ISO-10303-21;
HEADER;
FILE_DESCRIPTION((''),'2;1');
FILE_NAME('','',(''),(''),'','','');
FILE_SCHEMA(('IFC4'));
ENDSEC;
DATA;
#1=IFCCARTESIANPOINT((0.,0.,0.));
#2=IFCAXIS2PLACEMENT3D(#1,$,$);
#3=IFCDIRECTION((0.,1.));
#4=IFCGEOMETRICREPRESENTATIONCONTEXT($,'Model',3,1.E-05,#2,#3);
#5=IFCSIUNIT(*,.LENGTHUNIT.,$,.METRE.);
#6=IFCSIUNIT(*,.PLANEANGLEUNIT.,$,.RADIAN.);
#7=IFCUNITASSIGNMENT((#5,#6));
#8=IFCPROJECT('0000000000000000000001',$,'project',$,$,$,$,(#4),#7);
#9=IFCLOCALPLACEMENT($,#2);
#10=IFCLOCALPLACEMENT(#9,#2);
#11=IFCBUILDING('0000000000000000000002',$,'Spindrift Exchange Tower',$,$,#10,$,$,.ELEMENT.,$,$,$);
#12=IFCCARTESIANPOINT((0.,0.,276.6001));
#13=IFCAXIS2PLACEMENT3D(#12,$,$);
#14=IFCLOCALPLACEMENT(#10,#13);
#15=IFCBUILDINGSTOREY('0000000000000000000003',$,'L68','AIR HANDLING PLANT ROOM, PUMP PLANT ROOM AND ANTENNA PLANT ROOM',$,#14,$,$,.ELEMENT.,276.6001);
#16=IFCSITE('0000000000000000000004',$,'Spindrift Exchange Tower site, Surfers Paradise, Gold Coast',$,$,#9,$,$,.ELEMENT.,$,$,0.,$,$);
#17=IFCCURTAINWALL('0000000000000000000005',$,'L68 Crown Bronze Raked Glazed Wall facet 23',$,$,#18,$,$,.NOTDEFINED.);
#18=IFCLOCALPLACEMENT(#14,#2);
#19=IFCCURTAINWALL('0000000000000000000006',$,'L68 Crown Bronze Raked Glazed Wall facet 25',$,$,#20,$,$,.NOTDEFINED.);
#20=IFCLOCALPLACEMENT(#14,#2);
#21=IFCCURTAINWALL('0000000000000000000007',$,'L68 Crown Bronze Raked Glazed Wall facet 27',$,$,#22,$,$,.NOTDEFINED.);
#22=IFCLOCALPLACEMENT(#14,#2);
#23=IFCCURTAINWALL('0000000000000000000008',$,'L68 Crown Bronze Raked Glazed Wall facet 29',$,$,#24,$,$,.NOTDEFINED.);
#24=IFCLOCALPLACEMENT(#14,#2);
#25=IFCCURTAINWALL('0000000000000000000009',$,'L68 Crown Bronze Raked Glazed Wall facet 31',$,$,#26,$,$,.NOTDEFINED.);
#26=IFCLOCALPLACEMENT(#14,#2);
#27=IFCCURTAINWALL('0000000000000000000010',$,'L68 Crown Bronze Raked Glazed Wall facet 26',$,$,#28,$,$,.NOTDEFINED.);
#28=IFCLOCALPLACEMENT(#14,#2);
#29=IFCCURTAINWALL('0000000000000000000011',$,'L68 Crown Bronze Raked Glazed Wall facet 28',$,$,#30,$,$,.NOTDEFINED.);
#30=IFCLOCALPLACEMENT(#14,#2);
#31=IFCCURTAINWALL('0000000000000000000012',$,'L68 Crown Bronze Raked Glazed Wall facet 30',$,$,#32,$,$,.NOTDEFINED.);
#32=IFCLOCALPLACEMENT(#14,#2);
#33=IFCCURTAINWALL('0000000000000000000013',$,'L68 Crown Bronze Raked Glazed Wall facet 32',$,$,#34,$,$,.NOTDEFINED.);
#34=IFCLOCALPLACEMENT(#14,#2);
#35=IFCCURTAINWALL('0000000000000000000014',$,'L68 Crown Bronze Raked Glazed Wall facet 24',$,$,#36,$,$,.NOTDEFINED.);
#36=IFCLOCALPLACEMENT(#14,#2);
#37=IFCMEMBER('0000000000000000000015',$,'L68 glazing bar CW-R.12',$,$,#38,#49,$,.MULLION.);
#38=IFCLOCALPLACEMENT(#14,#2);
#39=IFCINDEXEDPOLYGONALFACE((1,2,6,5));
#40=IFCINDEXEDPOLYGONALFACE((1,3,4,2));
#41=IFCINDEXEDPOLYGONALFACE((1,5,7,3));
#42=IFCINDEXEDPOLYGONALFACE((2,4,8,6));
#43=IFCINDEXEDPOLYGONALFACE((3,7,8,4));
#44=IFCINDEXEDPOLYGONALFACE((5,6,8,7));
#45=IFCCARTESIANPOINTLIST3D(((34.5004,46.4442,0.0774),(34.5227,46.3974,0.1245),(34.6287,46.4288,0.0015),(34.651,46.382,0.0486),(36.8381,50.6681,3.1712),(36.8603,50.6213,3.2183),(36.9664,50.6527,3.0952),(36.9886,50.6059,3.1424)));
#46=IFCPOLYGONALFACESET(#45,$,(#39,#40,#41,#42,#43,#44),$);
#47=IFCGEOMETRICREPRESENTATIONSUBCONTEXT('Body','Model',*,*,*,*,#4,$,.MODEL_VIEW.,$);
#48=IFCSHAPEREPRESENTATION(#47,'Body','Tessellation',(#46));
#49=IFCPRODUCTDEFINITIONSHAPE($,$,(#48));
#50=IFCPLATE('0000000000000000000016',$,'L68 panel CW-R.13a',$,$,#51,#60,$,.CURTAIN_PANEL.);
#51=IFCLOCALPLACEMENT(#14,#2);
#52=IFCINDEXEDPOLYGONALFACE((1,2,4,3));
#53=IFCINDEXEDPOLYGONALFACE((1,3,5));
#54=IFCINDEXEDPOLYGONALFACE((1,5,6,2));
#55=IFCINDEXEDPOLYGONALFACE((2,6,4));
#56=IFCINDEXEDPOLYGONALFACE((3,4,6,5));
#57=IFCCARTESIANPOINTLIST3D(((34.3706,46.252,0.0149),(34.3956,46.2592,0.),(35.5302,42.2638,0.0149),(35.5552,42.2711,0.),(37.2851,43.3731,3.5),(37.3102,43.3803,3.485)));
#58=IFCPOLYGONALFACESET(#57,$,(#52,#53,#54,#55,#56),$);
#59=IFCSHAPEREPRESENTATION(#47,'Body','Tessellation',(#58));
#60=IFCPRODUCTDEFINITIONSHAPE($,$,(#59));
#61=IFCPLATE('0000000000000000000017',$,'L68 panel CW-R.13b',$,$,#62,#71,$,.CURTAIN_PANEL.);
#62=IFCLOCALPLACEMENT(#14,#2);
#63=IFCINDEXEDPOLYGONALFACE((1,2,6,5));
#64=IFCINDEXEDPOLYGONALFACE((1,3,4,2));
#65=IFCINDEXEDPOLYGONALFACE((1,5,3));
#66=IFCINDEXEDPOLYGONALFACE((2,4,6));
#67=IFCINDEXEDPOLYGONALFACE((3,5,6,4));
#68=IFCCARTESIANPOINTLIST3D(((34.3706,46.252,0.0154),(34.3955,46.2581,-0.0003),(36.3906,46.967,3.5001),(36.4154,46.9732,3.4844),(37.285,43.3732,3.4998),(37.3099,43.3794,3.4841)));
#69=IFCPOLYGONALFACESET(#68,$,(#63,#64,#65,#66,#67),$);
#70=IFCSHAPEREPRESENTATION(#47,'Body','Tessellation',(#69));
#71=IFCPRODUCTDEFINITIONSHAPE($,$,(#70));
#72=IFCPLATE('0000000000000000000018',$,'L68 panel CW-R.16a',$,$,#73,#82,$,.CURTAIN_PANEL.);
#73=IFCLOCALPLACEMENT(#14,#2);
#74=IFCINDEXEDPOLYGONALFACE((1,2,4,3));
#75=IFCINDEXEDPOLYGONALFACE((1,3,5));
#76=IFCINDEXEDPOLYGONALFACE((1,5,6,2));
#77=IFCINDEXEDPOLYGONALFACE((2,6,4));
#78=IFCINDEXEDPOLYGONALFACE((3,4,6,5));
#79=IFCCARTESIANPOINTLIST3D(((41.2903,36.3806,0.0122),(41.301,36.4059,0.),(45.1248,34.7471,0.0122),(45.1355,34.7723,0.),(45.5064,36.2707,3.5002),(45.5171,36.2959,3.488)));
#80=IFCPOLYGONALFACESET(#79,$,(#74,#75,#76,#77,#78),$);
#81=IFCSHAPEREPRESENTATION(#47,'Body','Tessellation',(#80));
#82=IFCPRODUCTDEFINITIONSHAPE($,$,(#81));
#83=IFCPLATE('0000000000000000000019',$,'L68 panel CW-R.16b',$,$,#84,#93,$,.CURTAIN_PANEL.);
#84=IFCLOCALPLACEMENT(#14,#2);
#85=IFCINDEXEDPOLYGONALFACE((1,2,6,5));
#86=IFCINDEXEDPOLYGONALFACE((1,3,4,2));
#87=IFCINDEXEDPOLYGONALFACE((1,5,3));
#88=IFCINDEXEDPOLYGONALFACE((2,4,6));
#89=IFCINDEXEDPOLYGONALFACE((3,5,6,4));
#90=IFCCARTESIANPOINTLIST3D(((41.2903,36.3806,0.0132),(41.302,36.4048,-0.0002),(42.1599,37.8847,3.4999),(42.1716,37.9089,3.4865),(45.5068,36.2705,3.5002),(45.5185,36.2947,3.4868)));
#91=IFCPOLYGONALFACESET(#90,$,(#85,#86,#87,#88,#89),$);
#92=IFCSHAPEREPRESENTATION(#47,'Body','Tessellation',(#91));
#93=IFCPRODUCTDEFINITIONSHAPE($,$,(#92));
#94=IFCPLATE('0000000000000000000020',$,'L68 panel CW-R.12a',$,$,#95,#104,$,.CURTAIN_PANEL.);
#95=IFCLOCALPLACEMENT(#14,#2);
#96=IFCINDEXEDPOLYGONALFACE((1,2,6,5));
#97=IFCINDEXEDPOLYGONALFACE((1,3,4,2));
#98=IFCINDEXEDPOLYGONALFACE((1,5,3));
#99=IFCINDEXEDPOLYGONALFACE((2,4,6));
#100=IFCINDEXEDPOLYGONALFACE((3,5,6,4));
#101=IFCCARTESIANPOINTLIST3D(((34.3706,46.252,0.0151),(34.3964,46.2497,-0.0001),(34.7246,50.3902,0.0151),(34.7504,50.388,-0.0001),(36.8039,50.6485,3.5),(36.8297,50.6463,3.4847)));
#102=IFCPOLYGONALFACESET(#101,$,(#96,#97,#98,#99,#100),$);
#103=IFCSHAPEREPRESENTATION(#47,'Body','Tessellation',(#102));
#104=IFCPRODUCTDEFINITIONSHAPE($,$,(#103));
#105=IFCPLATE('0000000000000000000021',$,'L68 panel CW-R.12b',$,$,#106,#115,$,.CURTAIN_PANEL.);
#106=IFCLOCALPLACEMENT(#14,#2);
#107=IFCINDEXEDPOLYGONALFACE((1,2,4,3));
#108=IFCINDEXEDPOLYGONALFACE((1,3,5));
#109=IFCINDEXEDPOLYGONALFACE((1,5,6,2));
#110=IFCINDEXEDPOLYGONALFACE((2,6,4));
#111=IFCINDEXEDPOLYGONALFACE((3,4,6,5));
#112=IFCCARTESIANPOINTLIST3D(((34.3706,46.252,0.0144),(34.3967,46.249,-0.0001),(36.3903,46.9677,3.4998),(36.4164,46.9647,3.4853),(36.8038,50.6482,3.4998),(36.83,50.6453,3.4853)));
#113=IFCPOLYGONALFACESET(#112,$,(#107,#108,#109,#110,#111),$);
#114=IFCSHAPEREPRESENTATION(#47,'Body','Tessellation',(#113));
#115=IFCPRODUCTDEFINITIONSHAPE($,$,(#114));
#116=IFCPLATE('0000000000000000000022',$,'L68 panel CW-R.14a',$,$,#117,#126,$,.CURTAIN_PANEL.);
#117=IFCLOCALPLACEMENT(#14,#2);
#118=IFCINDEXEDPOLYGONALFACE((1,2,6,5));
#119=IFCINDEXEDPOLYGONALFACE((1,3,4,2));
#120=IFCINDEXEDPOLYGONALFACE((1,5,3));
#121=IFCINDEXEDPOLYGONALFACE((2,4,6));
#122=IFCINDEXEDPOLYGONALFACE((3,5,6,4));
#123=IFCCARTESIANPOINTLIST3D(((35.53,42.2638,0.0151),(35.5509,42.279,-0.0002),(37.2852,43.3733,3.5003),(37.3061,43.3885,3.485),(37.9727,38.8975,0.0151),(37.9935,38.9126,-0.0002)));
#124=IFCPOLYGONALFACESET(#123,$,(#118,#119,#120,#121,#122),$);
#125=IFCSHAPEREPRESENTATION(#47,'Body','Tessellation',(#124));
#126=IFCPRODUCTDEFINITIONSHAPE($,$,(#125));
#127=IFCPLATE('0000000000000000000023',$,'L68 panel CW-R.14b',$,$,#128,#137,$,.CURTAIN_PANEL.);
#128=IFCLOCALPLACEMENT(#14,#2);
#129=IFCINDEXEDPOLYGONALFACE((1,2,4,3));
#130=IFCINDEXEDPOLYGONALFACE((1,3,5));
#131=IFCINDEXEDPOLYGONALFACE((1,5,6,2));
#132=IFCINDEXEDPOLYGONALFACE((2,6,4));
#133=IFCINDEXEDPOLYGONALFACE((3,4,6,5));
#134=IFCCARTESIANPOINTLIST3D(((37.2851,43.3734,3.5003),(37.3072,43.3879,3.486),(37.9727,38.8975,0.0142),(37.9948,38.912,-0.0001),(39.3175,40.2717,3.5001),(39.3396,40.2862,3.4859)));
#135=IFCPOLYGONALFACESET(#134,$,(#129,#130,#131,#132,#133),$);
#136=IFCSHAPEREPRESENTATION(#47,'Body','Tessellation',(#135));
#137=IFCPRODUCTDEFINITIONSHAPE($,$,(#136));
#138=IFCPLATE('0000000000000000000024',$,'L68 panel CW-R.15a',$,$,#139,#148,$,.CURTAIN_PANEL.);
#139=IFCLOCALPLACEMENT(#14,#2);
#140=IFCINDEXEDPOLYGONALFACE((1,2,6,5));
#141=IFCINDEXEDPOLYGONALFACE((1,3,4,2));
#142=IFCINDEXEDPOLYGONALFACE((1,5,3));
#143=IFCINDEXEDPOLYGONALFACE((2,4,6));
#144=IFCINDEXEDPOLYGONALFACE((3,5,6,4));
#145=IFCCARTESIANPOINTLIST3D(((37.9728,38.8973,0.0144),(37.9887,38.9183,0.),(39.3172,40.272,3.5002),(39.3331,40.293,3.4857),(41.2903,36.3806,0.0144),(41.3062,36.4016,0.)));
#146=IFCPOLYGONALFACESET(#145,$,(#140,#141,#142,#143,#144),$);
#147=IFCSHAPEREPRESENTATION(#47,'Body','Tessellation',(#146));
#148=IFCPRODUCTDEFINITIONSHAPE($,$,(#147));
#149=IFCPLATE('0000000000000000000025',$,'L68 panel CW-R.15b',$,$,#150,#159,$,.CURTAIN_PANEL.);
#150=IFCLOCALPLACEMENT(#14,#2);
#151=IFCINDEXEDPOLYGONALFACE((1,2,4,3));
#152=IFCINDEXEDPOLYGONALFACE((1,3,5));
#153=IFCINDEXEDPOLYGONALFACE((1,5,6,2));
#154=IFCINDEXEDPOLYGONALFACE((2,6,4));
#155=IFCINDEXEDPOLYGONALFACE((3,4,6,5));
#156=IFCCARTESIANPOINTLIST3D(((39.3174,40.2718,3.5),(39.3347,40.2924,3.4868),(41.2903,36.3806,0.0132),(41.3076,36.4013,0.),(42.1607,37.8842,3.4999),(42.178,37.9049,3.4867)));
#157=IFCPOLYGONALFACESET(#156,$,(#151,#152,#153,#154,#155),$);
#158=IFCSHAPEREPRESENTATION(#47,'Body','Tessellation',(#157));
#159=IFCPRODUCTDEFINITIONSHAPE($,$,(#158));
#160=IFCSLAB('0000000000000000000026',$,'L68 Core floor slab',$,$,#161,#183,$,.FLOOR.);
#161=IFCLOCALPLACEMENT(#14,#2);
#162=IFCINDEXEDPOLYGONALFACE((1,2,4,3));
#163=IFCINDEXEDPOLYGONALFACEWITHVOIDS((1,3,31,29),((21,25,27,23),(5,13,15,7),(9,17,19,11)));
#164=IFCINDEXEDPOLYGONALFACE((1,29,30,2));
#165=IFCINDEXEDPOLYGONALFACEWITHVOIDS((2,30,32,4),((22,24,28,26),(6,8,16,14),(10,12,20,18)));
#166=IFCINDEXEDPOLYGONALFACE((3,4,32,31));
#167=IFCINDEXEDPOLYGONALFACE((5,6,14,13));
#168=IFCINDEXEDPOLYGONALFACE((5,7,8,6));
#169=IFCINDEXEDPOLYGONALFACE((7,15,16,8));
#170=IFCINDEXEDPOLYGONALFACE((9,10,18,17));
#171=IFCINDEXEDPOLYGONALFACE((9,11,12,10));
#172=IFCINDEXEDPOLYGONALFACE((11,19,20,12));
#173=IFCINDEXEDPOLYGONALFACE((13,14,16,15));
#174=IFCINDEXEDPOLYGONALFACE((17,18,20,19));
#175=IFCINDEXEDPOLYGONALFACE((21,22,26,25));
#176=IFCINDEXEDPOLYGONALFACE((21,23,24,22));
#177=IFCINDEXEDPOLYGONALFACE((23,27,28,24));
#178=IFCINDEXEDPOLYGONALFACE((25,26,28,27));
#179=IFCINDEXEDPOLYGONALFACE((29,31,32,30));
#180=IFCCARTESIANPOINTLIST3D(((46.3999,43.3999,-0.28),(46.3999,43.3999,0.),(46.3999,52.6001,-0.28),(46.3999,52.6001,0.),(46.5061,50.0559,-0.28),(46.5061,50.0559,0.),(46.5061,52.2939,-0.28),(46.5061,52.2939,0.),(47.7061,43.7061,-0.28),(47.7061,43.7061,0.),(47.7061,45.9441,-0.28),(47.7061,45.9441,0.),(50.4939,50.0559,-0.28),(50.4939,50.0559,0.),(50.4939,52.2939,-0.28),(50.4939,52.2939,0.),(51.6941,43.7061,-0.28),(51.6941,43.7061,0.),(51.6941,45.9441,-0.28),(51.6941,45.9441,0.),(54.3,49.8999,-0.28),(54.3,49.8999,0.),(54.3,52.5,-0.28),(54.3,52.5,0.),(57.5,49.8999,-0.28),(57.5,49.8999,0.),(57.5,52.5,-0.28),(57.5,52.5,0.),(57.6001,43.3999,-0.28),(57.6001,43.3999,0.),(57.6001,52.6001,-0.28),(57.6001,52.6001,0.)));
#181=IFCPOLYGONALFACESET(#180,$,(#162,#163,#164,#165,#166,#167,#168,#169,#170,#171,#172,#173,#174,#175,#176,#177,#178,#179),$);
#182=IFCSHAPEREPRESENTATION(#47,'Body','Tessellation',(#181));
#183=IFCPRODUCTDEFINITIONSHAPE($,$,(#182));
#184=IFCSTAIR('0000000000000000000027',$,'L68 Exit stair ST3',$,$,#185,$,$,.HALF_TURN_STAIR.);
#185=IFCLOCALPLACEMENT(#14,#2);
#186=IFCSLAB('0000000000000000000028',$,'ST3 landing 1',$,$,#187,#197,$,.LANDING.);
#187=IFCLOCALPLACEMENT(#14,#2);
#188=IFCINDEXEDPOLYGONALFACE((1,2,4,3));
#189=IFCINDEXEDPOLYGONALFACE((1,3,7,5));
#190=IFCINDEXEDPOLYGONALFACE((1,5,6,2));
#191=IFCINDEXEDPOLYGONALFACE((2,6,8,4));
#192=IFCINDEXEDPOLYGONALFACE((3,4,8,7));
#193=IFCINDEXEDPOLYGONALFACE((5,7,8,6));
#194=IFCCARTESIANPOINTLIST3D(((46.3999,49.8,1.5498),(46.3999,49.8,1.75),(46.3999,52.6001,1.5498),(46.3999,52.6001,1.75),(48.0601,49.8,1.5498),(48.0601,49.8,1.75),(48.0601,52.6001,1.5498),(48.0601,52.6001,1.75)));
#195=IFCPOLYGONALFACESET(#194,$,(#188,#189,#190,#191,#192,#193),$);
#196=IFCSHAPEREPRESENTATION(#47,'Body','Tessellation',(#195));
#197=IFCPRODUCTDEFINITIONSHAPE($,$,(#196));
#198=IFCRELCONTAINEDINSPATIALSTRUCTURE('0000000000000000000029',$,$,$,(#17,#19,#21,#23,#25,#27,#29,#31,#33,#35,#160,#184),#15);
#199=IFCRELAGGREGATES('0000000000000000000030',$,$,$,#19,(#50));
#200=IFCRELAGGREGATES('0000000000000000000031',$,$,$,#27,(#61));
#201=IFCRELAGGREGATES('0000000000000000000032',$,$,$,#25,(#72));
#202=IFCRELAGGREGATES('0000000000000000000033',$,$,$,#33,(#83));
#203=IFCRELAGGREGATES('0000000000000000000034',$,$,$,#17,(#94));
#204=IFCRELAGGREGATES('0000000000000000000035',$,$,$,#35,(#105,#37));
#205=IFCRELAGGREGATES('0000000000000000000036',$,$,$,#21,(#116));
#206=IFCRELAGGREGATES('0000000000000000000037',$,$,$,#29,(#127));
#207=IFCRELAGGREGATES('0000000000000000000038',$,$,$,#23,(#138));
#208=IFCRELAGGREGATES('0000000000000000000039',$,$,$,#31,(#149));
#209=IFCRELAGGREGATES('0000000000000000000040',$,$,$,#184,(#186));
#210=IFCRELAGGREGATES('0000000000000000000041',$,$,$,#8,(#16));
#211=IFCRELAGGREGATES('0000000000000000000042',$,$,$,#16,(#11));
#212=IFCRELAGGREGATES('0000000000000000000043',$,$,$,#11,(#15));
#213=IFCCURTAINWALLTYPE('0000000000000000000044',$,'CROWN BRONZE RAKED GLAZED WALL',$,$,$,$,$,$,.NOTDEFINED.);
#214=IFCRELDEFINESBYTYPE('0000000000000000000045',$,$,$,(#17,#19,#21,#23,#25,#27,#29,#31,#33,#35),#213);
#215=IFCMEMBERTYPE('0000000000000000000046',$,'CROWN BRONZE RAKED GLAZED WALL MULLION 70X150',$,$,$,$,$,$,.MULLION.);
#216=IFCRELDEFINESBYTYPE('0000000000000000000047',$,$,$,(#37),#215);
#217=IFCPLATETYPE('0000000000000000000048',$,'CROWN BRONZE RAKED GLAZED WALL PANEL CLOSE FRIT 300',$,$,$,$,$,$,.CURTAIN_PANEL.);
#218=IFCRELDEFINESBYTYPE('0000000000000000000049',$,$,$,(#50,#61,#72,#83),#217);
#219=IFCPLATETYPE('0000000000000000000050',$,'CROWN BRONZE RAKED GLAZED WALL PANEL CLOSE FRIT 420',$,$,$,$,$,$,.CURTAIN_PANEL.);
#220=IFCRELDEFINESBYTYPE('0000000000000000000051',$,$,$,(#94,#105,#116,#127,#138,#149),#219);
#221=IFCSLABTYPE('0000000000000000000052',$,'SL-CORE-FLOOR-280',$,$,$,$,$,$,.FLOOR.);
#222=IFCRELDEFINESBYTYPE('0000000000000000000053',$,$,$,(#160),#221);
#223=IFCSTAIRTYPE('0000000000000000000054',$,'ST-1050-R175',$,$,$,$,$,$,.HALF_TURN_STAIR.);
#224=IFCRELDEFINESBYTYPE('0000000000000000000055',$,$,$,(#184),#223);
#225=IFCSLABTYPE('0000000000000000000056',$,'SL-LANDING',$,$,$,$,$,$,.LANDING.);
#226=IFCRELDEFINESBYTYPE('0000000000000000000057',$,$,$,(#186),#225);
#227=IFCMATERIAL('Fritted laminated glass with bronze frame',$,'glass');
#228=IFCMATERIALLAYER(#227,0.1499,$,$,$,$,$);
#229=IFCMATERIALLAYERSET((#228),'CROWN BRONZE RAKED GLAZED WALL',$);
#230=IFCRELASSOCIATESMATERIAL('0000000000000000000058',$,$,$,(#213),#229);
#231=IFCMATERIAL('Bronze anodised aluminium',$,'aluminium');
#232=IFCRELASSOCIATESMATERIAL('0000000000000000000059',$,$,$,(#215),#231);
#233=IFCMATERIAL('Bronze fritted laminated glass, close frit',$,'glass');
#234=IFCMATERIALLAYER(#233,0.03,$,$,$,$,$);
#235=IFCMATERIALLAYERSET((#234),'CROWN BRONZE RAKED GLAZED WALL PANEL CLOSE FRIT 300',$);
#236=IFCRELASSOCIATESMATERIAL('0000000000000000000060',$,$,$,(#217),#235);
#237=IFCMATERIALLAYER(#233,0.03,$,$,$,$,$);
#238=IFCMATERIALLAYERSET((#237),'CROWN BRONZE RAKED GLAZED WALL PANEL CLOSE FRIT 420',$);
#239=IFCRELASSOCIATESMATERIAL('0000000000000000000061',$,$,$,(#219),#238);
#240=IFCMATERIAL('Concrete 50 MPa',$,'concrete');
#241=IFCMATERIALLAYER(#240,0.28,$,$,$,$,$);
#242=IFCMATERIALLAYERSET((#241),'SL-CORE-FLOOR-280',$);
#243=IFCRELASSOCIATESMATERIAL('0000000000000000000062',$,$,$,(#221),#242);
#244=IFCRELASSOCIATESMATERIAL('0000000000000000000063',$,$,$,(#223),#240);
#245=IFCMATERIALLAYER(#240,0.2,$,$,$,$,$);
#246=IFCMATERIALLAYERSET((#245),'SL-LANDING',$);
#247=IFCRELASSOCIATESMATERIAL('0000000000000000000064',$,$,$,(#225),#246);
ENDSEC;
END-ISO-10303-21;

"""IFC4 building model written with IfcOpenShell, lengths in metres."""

from ifc_helpers import new_model, si_unit, direction, frame, origin, origin_2d, place, context, subcontext, project, spatial, line, indexed_curve, rectangle, outline, extrude, source, transform, mapped, material, layer, layer_set, material_profile, profile_set, type_object, element, aggregate, save


model = new_model("IFC4")

# Units and contexts
model_context = context("Model", 3, precision=1e-05, world=origin(), true_north=direction((0.0, 1.0)))
body_context = subcontext(model_context, "Body", "Model", "MODEL_VIEW")
ifc_project = project(units=[si_unit("LENGTHUNIT", "METRE"), si_unit("PLANEANGLEUNIT", "RADIAN")], contexts=[model_context])

# Site, building, storey
site_placement = place(None, origin())
site = spatial("IfcSite", under=ifc_project, at=site_placement, Name="Spindrift Exchange Tower site, Surfers Paradise, Gold Coast", CompositionType="ELEMENT", RefElevation=0.0)
building_placement = place(site_placement, origin())
building = spatial("IfcBuilding", under=site, at=building_placement, Name="Spindrift Exchange Tower", CompositionType="ELEMENT")
storey_placement = place(building_placement, frame((0.0, 0.0, 276.6001)))
storey = spatial("IfcBuildingStorey", under=building, at=storey_placement, Name="L68", Description="AIR HANDLING PLANT ROOM, PUMP PLANT ROOM AND ANTENNA PLANT ROOM", CompositionType="ELEMENT", Elevation=276.6001)

# Curtain walls
ifc_material_1 = material(Name="Fritted laminated glass with bronze frame", Category="glass")
ifc_layer_1 = layer(ifc_material_1, 0.1499)
ifc_layer_set_1 = layer_set([ifc_layer_1], Name="CROWN BRONZE RAKED GLAZED WALL")
curtain_wall_type = type_object("IfcCurtainWallType", Name="CROWN BRONZE RAKED GLAZED WALL", PredefinedType="NOTDEFINED", material=ifc_layer_set_1)
curtain_wall_1_placement = place(storey_placement, origin())
curtain_wall_1 = element("IfcCurtainWall", 1, at=curtain_wall_1_placement, inside=storey, type_object=curtain_wall_type, Name="L68 Crown Bronze Raked Glazed Wall facet 23", PredefinedType="NOTDEFINED")
ifc_material_2 = material(Name="Bronze anodised aluminium", Category="aluminium")
curtain_wall_2_placement = place(storey_placement, origin())
curtain_wall_2 = element("IfcCurtainWall", 2, at=curtain_wall_2_placement, inside=storey, type_object=curtain_wall_type, Name="L68 Crown Bronze Raked Glazed Wall facet 25", PredefinedType="NOTDEFINED")
curtain_wall_3_placement = place(storey_placement, origin())
curtain_wall_3 = element("IfcCurtainWall", 3, at=curtain_wall_3_placement, inside=storey, type_object=curtain_wall_type, Name="L68 Crown Bronze Raked Glazed Wall facet 27", PredefinedType="NOTDEFINED")
curtain_wall_4_placement = place(storey_placement, origin())
curtain_wall_4 = element("IfcCurtainWall", 4, at=curtain_wall_4_placement, inside=storey, type_object=curtain_wall_type, Name="L68 Crown Bronze Raked Glazed Wall facet 29", PredefinedType="NOTDEFINED")
curtain_wall_5_placement = place(storey_placement, origin())
curtain_wall_5 = element("IfcCurtainWall", 5, at=curtain_wall_5_placement, inside=storey, type_object=curtain_wall_type, Name="L68 Crown Bronze Raked Glazed Wall facet 31", PredefinedType="NOTDEFINED")
curtain_wall_6_placement = place(storey_placement, origin())
curtain_wall_6 = element("IfcCurtainWall", 6, at=curtain_wall_6_placement, inside=storey, type_object=curtain_wall_type, Name="L68 Crown Bronze Raked Glazed Wall facet 26", PredefinedType="NOTDEFINED")
ifc_material_profile_1 = material_profile(ifc_material_2, rectangle(XDim=0.0701, YDim=0.1499, at=origin_2d()), Name="CROWN BRONZE RAKED GLAZED WALL MULLION 70X150")
ifc_profile_set_1 = profile_set([ifc_material_profile_1], Name="Bronze anodised aluminium")
member_type_1 = type_object("IfcMemberType", Name="CROWN BRONZE RAKED GLAZED WALL MULLION 70X150", PredefinedType="MULLION", material=ifc_profile_set_1)

# Curtain wall
curtain_wall_7_placement = place(storey_placement, origin())
curtain_wall_7 = element("IfcCurtainWall", 7, at=curtain_wall_7_placement, inside=storey, type_object=curtain_wall_type, Name="L68 Crown Bronze Raked Glazed Wall facet 28", PredefinedType="NOTDEFINED")

# Curtain walls, member
curtain_wall_8_placement = place(storey_placement, origin())
curtain_wall_8 = element("IfcCurtainWall", 8, at=curtain_wall_8_placement, inside=storey, type_object=curtain_wall_type, Name="L68 Crown Bronze Raked Glazed Wall facet 30", PredefinedType="NOTDEFINED")
curtain_wall_9_placement = place(storey_placement, origin())
curtain_wall_9 = element("IfcCurtainWall", 9, at=curtain_wall_9_placement, inside=storey, type_object=curtain_wall_type, Name="L68 Crown Bronze Raked Glazed Wall facet 32", PredefinedType="NOTDEFINED")
curtain_wall_10_placement = place(storey_placement, origin())
curtain_wall_10 = element("IfcCurtainWall", 10, at=curtain_wall_10_placement, inside=storey, type_object=curtain_wall_type, Name="L68 Crown Bronze Raked Glazed Wall facet 24", PredefinedType="NOTDEFINED")
shared_shape_1 = source(origin(), body_context, "Body", "SweptSolid", [
    extrude(rectangle(XDim=0.0701, YDim=0.1499, at=origin_2d()), origin(), (0.0, 0.0, 1.0), 5.7339),
])
member_1_placement = place(storey_placement, frame((34.5757, 46.4131, 0.063), z_axis=(0.407692, 0.736657, 0.539559), x_axis=(-0.317717, 0.668415, -0.672515)))
member_1 = element("IfcMember", 11, at=member_1_placement, type_object=member_type_1, Name="L68 glazing bar CW-R.12", PredefinedType="MULLION", context=body_context, shape_type="MappedRepresentation", body=[
    mapped(shared_shape_1, transform((0.0, 0.0, 0.0), scale=1.0)),
])

# Plates
ifc_material_3 = material(Name="Bronze fritted laminated glass, close frit", Category="glass")
ifc_layer_2 = layer(ifc_material_3, 0.03)
ifc_layer_set_2 = layer_set([ifc_layer_2], Name="CROWN BRONZE RAKED GLAZED WALL PANEL CLOSE FRIT 300")
plate_type_1 = type_object("IfcPlateType", Name="CROWN BRONZE RAKED GLAZED WALL PANEL CLOSE FRIT 300", PredefinedType="CURTAIN_PANEL", material=ifc_layer_set_2)
plate_1_placement = place(storey_placement, frame((34.3706, 46.252, 0.0149), z_axis=(-0.833367, -0.242302, 0.496778), x_axis=(0.27919, -0.960236, 0.0)))
plate_1 = element("IfcPlate", 12, at=plate_1_placement, type_object=plate_type_1, Name="L68 panel CW-R.13a", PredefinedType="CURTAIN_PANEL", context=body_context, shape_type="SweptSolid", body=[
    extrude(outline(indexed_curve([(0.0, 0.0), (4.1533, 0.0), (3.5781, 4.0156)], segments=[line(1, 2, 3, 1)], self_intersect=False)), origin(), (0.0, 0.0, -1.0), 0.03),
])
aggregate(curtain_wall_2, [plate_1])
plate_2_placement = place(storey_placement, frame((34.3706, 46.252, 0.0154), z_axis=(-0.827661, -0.20603, 0.522043), x_axis=(0.541917, -0.53529, 0.647913)))
plate_2 = element("IfcPlate", 13, at=plate_2_placement, type_object=plate_type_1, Name="L68 panel CW-R.13b", PredefinedType="CURTAIN_PANEL", context=body_context, shape_type="SweptSolid", body=[
    extrude(outline(indexed_curve([(0.0, 0.0), (5.3779, 0.0), (2.9697, 2.8135)], segments=[line(1, 2, 3, 1)], self_intersect=False)), origin(), (0.0, 0.0, -1.0), 0.03),
])
aggregate(curtain_wall_6, [plate_2])
plate_3_placement = place(storey_placement, frame((41.2903, 36.3806, 0.0122), z_axis=(-0.358111, -0.840605, 0.406374), x_axis=(0.919994, -0.391932, 0.0)))
plate_3 = element("IfcPlate", 14, at=plate_3_placement, type_object=plate_type_1, Name="L68 panel CW-R.16a", PredefinedType="CURTAIN_PANEL", context=body_context, shape_type="SweptSolid", body=[
    extrude(outline(indexed_curve([(0.0, 0.0), (4.168, 0.0), (3.9219, 3.8174)], segments=[line(1, 2, 3, 1)], self_intersect=False)), origin(), (0.0, 0.0, -1.0), 0.03),
])
aggregate(curtain_wall_5, [plate_3])
plate_4_placement = place(storey_placement, frame((41.2903, 36.3806, 0.0132), z_axis=(-0.389062, -0.806608, 0.444988), x_axis=(0.770467, -0.02012, 0.637163)))
plate_4 = element("IfcPlate", 15, at=plate_4_placement, type_object=plate_type_1, Name="L68 panel CW-R.16b", PredefinedType="CURTAIN_PANEL", context=body_context, shape_type="SweptSolid", body=[
    extrude(outline(indexed_curve([(0.0, 0.0), (5.4727, 0.0), (2.8613, 2.6436)], segments=[line(1, 2, 3, 1)], self_intersect=False)), origin(), (0.0, 0.0, -1.0), 0.03),
])
aggregate(curtain_wall_9, [plate_4])
ifc_layer_3 = layer(ifc_material_3, 0.03)
ifc_layer_set_3 = layer_set([ifc_layer_3], Name="CROWN BRONZE RAKED GLAZED WALL PANEL CLOSE FRIT 420")
plate_type_2 = type_object("IfcPlateType", Name="CROWN BRONZE RAKED GLAZED WALL PANEL CLOSE FRIT 420", PredefinedType="CURTAIN_PANEL", material=ifc_layer_set_3)
plate_5_placement = place(storey_placement, frame((34.3706, 46.252, 0.0151), z_axis=(-0.85881, 0.073459, 0.507), x_axis=(0.085224, 0.996362, 0.0)))
plate_5 = element("IfcPlate", 16, at=plate_5_placement, type_object=plate_type_2, Name="L68 panel CW-R.12a", PredefinedType="CURTAIN_PANEL", context=body_context, shape_type="SweptSolid", body=[
    extrude(outline(indexed_curve([(0.0, 0.0), (4.1533, 0.0), (4.5879, -4.043)], segments=[line(1, 2, 3, 1)], self_intersect=False)), origin(), (0.0, 0.0, -1.0), 0.03),
])
aggregate(curtain_wall_1, [plate_5])
plate_6_placement = place(storey_placement, frame((34.3706, 46.252, 0.0144), z_axis=(-0.869663, 0.097712, 0.483878), x_axis=(0.397897, 0.718906, 0.569959)))
plate_6 = element("IfcPlate", 17, at=plate_6_placement, type_object=plate_type_2, Name="L68 panel CW-R.12b", PredefinedType="CURTAIN_PANEL", context=body_context, shape_type="SweptSolid", body=[
    extrude(outline(indexed_curve([(0.0, 0.0), (6.1152, 0.0), (3.3047, -2.4121)], segments=[line(1, 2, 3, 1)], self_intersect=False)), origin(), (0.0, 0.0, -1.0), 0.03),
])
aggregate(curtain_wall_10, [plate_6, member_1])
plate_7_placement = place(storey_placement, frame((37.9727, 38.8975, 0.0151), z_axis=(-0.695692, -0.504802, 0.511066), x_axis=(-0.587292, 0.809375, 0.0)))
plate_7 = element("IfcPlate", 18, at=plate_7_placement, type_object=plate_type_2, Name="L68 panel CW-R.14a", PredefinedType="CURTAIN_PANEL", context=body_context, shape_type="SweptSolid", body=[
    extrude(outline(indexed_curve([(0.0, 0.0), (4.1592, 0.0), (4.0264, -4.0547)], segments=[line(1, 2, 3, 1)], self_intersect=False)), origin(), (0.0, 0.0, -1.0), 0.03),
])
aggregate(curtain_wall_3, [plate_7])
plate_8_placement = place(storey_placement, frame((37.9727, 38.8975, 0.0142), z_axis=(-0.736357, -0.482519, 0.474293), x_axis=(-0.12031, 0.783209, 0.610008)))
plate_8 = element("IfcPlate", 19, at=plate_8_placement, type_object=plate_type_2, Name="L68 panel CW-R.14b", PredefinedType="CURTAIN_PANEL", context=body_context, shape_type="SweptSolid", body=[
    extrude(outline(indexed_curve([(0.0, 0.0), (5.7148, 0.0), (3.041, -2.5693)], segments=[line(1, 2, 3, 1)], self_intersect=False)), origin(), (0.0, 0.0, -1.0), 0.03),
])
aggregate(curtain_wall_7, [plate_8])
plate_9_placement = place(storey_placement, frame((41.2903, 36.3806, 0.0144), z_axis=(-0.530184, -0.698872, 0.480087), x_axis=(-0.796688, 0.60439, 0.0)))
plate_9 = element("IfcPlate", 20, at=plate_9_placement, type_object=plate_type_2, Name="L68 panel CW-R.15a", PredefinedType="CURTAIN_PANEL", context=body_context, shape_type="SweptSolid", body=[
    extrude(outline(indexed_curve([(0.0, 0.0), (4.1641, 0.0), (3.9238, -3.9736)], segments=[line(1, 2, 3, 1)], self_intersect=False)), origin(), (0.0, 0.0, -1.0), 0.03),
])
aggregate(curtain_wall_4, [plate_9])
plate_10_placement = place(storey_placement, frame((41.2903, 36.3806, 0.0132), z_axis=(-0.577271, -0.687494, 0.44058), x_axis=(-0.353257, 0.696722, 0.62433)))
plate_10 = element("IfcPlate", 21, at=plate_10_placement, type_object=plate_type_2, Name="L68 panel CW-R.15b", PredefinedType="CURTAIN_PANEL", context=body_context, shape_type="SweptSolid", body=[
    extrude(outline(indexed_curve([(0.0, 0.0), (5.585, 0.0), (2.917, -2.582)], segments=[line(1, 2, 3, 1)], self_intersect=False)), origin(), (0.0, 0.0, -1.0), 0.03),
])
aggregate(curtain_wall_8, [plate_10])

# Slab
ifc_material_4 = material(Name="Concrete 50 MPa", Category="concrete")
ifc_layer_4 = layer(ifc_material_4, 0.28)
ifc_layer_set_4 = layer_set([ifc_layer_4], Name="SL-CORE-FLOOR-280")
slab_type_1 = type_object("IfcSlabType", Name="SL-CORE-FLOOR-280", PredefinedType="FLOOR", material=ifc_layer_set_4)
slab_1_placement = place(storey_placement, frame((0.0, 0.0, -0.28)))
element("IfcSlab", 22, at=slab_1_placement, inside=storey, type_object=slab_type_1, Name="L68 Core floor slab", PredefinedType="FLOOR", context=body_context, shape_type="SweptSolid", body=[
    extrude(outline(indexed_curve([(46.3999, 43.3999), (46.3999, 52.6001), (57.6001, 52.6001), (57.6001, 43.3999)], segments=[line(1, 2, 3, 4, 1)], self_intersect=False), holes=[indexed_curve([(47.7061, 43.7061), (51.6941, 43.7061), (51.6941, 45.9441), (47.7061, 45.9441)], segments=[line(1, 2, 3, 4, 1)], self_intersect=False), indexed_curve([(50.4939, 50.0559), (50.4939, 52.2939), (46.5061, 52.2939), (46.5061, 50.0559)], segments=[line(1, 2, 3, 4, 1)], self_intersect=False), indexed_curve([(54.3, 49.8999), (57.5, 49.8999), (57.5, 52.5), (54.3, 52.5)], segments=[line(1, 2, 3, 4, 1)], self_intersect=False)]), origin(), (0.0, 0.0, 1.0), 0.28),
])

# Stair, slab
stair_type = type_object("IfcStairType", Name="ST-1050-R175", PredefinedType="HALF_TURN_STAIR", material=ifc_material_4)
stair_1_placement = place(storey_placement, origin())
stair_1 = element("IfcStair", 23, at=stair_1_placement, inside=storey, type_object=stair_type, Name="L68 Exit stair ST3", PredefinedType="HALF_TURN_STAIR")
ifc_layer_5 = layer(ifc_material_4, 0.2)
ifc_layer_set_5 = layer_set([ifc_layer_5], Name="SL-LANDING")
slab_type_2 = type_object("IfcSlabType", Name="SL-LANDING", PredefinedType="LANDING", material=ifc_layer_set_5)
slab_2_placement = place(storey_placement, frame((0.0, 0.0, 1.5498)))
slab_2 = element("IfcSlab", 24, at=slab_2_placement, type_object=slab_type_2, Name="ST3 landing 1", PredefinedType="LANDING", context=body_context, shape_type="SweptSolid", body=[
    extrude(outline(indexed_curve([(48.0601, 49.8), (46.3999, 49.8), (46.3999, 52.6001), (48.0601, 52.6001)], segments=[line(1, 2, 3, 4, 1)], self_intersect=False)), origin(), (0.0, 0.0, 1.0), 0.2002),
])
aggregate(stair_1, [slab_2])

save(model, "model.ifc")
